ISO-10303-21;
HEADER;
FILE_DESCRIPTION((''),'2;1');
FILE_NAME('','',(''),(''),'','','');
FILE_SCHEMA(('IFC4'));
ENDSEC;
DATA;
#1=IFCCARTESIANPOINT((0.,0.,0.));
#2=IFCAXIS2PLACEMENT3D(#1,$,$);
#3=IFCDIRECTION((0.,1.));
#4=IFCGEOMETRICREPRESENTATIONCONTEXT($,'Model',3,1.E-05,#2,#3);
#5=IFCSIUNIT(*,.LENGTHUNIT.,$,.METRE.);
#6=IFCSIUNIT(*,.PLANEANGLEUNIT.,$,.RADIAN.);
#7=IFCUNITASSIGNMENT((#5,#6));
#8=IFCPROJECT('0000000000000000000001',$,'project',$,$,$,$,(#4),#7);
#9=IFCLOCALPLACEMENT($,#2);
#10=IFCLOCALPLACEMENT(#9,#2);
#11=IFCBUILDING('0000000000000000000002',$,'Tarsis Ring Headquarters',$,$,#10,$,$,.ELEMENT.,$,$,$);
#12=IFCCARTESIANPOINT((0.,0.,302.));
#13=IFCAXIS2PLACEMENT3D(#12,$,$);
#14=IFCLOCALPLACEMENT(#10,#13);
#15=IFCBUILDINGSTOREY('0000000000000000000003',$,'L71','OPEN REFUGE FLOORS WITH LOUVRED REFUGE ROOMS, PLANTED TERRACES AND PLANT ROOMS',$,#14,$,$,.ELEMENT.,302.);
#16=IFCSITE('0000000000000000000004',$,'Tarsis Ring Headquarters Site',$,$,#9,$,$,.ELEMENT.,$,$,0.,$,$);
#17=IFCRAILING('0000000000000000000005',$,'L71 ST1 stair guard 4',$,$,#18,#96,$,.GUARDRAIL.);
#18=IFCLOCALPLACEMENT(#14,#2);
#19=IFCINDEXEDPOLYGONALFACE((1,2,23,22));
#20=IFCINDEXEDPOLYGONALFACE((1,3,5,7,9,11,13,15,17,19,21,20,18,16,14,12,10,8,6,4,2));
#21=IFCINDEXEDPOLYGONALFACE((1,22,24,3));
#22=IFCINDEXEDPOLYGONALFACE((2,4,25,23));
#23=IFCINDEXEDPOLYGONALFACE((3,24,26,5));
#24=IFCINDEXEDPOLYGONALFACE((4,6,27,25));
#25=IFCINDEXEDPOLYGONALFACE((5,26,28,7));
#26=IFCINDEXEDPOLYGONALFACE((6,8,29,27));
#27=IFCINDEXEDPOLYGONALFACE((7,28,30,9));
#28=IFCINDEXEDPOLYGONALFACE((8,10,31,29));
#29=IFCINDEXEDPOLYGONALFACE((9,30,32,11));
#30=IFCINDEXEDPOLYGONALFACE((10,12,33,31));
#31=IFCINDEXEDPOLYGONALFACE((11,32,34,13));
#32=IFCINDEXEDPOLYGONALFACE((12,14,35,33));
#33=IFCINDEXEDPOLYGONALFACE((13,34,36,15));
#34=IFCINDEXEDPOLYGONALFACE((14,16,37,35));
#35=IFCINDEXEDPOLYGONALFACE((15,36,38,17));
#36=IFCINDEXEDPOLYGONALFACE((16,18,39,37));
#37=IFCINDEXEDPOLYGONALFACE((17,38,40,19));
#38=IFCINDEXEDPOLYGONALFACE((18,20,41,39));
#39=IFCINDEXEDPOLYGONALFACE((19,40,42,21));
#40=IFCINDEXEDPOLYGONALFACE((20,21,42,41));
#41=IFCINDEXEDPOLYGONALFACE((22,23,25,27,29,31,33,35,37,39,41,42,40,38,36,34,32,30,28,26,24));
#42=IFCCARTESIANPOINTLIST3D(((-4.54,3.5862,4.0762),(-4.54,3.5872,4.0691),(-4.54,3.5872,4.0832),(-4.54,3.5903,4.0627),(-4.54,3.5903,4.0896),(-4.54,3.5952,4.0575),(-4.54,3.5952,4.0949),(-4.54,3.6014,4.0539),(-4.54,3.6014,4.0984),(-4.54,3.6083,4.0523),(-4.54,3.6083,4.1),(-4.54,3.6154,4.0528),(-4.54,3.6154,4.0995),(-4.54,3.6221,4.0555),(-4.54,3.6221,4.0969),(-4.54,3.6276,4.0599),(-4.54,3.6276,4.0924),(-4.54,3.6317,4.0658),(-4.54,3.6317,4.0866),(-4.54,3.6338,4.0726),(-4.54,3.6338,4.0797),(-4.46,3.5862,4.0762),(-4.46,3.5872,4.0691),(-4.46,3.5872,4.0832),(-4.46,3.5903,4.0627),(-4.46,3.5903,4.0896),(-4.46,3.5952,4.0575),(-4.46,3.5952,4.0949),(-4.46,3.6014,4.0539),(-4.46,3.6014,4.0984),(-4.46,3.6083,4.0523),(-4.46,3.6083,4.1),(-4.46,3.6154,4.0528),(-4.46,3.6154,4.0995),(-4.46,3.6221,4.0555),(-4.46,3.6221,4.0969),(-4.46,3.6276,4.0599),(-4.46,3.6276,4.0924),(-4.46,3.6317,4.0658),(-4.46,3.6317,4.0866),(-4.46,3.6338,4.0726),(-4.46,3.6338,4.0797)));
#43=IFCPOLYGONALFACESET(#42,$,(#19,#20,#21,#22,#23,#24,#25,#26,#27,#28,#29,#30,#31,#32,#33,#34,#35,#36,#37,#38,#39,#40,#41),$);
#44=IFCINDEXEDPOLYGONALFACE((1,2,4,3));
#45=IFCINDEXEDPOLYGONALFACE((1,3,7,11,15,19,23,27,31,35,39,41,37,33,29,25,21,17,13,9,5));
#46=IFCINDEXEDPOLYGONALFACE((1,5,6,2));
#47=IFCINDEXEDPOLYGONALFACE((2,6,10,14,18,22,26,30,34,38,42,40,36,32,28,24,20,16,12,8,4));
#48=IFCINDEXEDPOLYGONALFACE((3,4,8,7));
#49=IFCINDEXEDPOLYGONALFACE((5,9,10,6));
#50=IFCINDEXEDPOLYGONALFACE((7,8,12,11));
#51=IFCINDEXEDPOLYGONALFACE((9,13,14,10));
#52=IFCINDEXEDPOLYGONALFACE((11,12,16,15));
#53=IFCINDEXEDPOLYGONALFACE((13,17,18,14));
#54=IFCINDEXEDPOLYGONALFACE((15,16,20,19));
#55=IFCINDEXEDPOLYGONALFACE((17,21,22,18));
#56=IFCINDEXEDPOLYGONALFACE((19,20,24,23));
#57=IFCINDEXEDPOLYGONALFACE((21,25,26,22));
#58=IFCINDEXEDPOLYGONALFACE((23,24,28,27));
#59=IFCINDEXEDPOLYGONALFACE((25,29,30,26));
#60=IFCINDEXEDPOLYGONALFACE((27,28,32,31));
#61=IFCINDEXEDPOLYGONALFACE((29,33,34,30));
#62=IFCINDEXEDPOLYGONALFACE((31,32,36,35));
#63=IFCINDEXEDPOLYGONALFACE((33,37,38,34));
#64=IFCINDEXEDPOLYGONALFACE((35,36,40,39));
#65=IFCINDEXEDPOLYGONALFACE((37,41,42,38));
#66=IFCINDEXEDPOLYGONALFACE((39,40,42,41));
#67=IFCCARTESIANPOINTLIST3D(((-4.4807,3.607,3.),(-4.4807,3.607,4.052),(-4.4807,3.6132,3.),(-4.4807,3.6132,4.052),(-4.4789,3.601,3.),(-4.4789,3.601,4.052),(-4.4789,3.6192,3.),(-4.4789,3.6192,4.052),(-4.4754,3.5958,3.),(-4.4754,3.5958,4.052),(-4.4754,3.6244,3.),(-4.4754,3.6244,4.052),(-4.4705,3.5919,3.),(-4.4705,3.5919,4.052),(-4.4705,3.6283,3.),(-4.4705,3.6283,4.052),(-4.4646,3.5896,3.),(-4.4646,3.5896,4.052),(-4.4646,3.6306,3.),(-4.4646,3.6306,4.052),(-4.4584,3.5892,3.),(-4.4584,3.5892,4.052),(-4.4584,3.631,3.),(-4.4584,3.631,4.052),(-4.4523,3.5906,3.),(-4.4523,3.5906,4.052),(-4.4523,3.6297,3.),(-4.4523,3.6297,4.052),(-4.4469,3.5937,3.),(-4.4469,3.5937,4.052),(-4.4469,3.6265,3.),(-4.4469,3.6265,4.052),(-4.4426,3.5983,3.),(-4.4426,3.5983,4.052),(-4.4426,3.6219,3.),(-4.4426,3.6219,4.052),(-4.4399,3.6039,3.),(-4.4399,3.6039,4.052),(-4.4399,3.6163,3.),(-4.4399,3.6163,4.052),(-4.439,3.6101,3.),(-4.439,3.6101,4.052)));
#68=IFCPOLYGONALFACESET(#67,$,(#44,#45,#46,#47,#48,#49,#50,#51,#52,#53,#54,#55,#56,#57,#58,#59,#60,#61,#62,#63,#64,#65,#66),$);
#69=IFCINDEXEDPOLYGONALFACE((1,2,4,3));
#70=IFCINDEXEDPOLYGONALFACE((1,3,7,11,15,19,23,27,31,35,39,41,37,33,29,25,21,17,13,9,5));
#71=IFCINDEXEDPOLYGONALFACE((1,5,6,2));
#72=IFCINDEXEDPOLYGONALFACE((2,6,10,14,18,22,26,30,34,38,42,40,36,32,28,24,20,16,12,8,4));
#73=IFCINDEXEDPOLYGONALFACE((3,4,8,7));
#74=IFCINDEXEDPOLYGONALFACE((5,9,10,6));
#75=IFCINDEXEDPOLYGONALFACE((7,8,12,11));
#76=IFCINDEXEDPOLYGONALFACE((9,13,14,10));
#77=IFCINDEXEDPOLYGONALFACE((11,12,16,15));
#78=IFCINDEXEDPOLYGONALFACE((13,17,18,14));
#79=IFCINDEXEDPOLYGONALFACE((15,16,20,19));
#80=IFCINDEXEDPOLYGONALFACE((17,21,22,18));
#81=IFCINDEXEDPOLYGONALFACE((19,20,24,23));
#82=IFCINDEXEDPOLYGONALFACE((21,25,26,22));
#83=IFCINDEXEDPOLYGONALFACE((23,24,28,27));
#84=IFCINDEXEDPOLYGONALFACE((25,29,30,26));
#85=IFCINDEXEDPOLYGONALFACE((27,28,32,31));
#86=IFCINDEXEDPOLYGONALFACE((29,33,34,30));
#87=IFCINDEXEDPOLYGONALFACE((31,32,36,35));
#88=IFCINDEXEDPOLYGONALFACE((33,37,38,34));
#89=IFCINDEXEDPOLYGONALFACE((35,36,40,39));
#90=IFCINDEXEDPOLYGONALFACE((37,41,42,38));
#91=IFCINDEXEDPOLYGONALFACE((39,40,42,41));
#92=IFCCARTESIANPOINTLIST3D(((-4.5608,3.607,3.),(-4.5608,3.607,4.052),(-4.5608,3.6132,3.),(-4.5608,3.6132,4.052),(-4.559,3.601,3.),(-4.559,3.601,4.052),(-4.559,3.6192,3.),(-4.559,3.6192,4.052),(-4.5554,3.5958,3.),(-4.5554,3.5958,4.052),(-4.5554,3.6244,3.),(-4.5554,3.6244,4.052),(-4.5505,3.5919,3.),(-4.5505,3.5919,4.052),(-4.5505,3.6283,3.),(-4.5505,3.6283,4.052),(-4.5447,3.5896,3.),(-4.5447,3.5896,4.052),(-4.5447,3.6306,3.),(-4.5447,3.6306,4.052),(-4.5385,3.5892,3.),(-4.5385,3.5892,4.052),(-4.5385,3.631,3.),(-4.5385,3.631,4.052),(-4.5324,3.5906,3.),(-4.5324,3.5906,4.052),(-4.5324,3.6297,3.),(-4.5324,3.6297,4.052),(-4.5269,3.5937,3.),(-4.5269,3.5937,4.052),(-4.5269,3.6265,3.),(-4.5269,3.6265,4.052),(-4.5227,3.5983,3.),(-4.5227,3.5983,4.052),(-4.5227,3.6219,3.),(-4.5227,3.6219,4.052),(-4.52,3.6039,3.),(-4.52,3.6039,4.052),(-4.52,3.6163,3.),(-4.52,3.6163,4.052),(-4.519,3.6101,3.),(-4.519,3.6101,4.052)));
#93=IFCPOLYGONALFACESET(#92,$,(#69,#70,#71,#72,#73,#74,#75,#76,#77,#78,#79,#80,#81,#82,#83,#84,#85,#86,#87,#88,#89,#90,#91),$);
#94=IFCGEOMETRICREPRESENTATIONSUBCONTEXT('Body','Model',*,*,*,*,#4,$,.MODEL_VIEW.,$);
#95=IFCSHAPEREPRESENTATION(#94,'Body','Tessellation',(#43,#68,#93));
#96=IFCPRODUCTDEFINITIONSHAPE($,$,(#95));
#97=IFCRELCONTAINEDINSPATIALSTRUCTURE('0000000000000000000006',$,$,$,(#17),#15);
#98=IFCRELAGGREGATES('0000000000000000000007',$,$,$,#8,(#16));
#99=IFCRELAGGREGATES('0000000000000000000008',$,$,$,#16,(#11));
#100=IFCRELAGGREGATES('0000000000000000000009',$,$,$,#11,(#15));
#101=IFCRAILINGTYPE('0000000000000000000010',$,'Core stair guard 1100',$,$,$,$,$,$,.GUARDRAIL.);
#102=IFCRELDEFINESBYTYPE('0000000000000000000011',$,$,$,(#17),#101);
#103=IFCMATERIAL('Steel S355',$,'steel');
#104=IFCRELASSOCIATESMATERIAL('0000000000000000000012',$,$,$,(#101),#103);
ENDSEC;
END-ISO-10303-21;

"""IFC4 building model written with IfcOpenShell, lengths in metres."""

from ifc_helpers import new_model, si_unit, direction, frame, origin, origin_2d, place, context, subcontext, project, spatial, circle, extrude, material, type_object, element, save


model = new_model("IFC4")

# Units and contexts
model_context = context("Model", 3, precision=1e-05, world=origin(), true_north=direction((0.0, 1.0)))
body_context = subcontext(model_context, "Body", "Model", "MODEL_VIEW")
ifc_project = project(units=[si_unit("LENGTHUNIT", "METRE"), si_unit("PLANEANGLEUNIT", "RADIAN")], contexts=[model_context])

# Site, building, storey
site_placement = place(None, origin())
site = spatial("IfcSite", under=ifc_project, at=site_placement, Name="Tarsis Ring Headquarters Site", CompositionType="ELEMENT", RefElevation=0.0)
building_placement = place(site_placement, origin())
building = spatial("IfcBuilding", under=site, at=building_placement, Name="Tarsis Ring Headquarters", CompositionType="ELEMENT")
storey_placement = place(building_placement, frame((0.0, 0.0, 302.0)))
storey = spatial("IfcBuildingStorey", under=building, at=storey_placement, Name="L71", Description="OPEN REFUGE FLOORS WITH LOUVRED REFUGE ROOMS, PLANTED TERRACES AND PLANT ROOMS", CompositionType="ELEMENT", Elevation=302.0)

# Shared definitions
ifc_material_1 = material(Name="Steel S355", Category="steel")

# Railing
railing_type_1 = type_object("IfcRailingType", Name="Core stair guard 1100", PredefinedType="GUARDRAIL", material=ifc_material_1)
railing_1_placement = place(storey_placement, frame((-4.46, 3.6101, 3.0)))
element("IfcRailing", 1, at=railing_1_placement, inside=storey, type_object=railing_type_1, Name="L71 ST1 stair guard 4", PredefinedType="GUARDRAIL", context=body_context, shape_type="SweptSolid", body=[
    extrude(circle(Radius=0.0239, at=origin_2d()), frame((0.0, 0.0, 1.0762), z_axis=(-1.0, 0.0, 0.0), x_axis=(0.0, -1.0, 0.0)), (0.0, 0.0, 1.0), 0.0801),
    extrude(circle(Radius=0.021, at=origin_2d()), origin(), (0.0, 0.0, 1.0), 1.052),
    extrude(circle(Radius=0.021, at=origin_2d()), frame((-0.0801, 0.0, 0.0)), (0.0, 0.0, 1.0), 1.052),
])

save(model, "model.ifc")
